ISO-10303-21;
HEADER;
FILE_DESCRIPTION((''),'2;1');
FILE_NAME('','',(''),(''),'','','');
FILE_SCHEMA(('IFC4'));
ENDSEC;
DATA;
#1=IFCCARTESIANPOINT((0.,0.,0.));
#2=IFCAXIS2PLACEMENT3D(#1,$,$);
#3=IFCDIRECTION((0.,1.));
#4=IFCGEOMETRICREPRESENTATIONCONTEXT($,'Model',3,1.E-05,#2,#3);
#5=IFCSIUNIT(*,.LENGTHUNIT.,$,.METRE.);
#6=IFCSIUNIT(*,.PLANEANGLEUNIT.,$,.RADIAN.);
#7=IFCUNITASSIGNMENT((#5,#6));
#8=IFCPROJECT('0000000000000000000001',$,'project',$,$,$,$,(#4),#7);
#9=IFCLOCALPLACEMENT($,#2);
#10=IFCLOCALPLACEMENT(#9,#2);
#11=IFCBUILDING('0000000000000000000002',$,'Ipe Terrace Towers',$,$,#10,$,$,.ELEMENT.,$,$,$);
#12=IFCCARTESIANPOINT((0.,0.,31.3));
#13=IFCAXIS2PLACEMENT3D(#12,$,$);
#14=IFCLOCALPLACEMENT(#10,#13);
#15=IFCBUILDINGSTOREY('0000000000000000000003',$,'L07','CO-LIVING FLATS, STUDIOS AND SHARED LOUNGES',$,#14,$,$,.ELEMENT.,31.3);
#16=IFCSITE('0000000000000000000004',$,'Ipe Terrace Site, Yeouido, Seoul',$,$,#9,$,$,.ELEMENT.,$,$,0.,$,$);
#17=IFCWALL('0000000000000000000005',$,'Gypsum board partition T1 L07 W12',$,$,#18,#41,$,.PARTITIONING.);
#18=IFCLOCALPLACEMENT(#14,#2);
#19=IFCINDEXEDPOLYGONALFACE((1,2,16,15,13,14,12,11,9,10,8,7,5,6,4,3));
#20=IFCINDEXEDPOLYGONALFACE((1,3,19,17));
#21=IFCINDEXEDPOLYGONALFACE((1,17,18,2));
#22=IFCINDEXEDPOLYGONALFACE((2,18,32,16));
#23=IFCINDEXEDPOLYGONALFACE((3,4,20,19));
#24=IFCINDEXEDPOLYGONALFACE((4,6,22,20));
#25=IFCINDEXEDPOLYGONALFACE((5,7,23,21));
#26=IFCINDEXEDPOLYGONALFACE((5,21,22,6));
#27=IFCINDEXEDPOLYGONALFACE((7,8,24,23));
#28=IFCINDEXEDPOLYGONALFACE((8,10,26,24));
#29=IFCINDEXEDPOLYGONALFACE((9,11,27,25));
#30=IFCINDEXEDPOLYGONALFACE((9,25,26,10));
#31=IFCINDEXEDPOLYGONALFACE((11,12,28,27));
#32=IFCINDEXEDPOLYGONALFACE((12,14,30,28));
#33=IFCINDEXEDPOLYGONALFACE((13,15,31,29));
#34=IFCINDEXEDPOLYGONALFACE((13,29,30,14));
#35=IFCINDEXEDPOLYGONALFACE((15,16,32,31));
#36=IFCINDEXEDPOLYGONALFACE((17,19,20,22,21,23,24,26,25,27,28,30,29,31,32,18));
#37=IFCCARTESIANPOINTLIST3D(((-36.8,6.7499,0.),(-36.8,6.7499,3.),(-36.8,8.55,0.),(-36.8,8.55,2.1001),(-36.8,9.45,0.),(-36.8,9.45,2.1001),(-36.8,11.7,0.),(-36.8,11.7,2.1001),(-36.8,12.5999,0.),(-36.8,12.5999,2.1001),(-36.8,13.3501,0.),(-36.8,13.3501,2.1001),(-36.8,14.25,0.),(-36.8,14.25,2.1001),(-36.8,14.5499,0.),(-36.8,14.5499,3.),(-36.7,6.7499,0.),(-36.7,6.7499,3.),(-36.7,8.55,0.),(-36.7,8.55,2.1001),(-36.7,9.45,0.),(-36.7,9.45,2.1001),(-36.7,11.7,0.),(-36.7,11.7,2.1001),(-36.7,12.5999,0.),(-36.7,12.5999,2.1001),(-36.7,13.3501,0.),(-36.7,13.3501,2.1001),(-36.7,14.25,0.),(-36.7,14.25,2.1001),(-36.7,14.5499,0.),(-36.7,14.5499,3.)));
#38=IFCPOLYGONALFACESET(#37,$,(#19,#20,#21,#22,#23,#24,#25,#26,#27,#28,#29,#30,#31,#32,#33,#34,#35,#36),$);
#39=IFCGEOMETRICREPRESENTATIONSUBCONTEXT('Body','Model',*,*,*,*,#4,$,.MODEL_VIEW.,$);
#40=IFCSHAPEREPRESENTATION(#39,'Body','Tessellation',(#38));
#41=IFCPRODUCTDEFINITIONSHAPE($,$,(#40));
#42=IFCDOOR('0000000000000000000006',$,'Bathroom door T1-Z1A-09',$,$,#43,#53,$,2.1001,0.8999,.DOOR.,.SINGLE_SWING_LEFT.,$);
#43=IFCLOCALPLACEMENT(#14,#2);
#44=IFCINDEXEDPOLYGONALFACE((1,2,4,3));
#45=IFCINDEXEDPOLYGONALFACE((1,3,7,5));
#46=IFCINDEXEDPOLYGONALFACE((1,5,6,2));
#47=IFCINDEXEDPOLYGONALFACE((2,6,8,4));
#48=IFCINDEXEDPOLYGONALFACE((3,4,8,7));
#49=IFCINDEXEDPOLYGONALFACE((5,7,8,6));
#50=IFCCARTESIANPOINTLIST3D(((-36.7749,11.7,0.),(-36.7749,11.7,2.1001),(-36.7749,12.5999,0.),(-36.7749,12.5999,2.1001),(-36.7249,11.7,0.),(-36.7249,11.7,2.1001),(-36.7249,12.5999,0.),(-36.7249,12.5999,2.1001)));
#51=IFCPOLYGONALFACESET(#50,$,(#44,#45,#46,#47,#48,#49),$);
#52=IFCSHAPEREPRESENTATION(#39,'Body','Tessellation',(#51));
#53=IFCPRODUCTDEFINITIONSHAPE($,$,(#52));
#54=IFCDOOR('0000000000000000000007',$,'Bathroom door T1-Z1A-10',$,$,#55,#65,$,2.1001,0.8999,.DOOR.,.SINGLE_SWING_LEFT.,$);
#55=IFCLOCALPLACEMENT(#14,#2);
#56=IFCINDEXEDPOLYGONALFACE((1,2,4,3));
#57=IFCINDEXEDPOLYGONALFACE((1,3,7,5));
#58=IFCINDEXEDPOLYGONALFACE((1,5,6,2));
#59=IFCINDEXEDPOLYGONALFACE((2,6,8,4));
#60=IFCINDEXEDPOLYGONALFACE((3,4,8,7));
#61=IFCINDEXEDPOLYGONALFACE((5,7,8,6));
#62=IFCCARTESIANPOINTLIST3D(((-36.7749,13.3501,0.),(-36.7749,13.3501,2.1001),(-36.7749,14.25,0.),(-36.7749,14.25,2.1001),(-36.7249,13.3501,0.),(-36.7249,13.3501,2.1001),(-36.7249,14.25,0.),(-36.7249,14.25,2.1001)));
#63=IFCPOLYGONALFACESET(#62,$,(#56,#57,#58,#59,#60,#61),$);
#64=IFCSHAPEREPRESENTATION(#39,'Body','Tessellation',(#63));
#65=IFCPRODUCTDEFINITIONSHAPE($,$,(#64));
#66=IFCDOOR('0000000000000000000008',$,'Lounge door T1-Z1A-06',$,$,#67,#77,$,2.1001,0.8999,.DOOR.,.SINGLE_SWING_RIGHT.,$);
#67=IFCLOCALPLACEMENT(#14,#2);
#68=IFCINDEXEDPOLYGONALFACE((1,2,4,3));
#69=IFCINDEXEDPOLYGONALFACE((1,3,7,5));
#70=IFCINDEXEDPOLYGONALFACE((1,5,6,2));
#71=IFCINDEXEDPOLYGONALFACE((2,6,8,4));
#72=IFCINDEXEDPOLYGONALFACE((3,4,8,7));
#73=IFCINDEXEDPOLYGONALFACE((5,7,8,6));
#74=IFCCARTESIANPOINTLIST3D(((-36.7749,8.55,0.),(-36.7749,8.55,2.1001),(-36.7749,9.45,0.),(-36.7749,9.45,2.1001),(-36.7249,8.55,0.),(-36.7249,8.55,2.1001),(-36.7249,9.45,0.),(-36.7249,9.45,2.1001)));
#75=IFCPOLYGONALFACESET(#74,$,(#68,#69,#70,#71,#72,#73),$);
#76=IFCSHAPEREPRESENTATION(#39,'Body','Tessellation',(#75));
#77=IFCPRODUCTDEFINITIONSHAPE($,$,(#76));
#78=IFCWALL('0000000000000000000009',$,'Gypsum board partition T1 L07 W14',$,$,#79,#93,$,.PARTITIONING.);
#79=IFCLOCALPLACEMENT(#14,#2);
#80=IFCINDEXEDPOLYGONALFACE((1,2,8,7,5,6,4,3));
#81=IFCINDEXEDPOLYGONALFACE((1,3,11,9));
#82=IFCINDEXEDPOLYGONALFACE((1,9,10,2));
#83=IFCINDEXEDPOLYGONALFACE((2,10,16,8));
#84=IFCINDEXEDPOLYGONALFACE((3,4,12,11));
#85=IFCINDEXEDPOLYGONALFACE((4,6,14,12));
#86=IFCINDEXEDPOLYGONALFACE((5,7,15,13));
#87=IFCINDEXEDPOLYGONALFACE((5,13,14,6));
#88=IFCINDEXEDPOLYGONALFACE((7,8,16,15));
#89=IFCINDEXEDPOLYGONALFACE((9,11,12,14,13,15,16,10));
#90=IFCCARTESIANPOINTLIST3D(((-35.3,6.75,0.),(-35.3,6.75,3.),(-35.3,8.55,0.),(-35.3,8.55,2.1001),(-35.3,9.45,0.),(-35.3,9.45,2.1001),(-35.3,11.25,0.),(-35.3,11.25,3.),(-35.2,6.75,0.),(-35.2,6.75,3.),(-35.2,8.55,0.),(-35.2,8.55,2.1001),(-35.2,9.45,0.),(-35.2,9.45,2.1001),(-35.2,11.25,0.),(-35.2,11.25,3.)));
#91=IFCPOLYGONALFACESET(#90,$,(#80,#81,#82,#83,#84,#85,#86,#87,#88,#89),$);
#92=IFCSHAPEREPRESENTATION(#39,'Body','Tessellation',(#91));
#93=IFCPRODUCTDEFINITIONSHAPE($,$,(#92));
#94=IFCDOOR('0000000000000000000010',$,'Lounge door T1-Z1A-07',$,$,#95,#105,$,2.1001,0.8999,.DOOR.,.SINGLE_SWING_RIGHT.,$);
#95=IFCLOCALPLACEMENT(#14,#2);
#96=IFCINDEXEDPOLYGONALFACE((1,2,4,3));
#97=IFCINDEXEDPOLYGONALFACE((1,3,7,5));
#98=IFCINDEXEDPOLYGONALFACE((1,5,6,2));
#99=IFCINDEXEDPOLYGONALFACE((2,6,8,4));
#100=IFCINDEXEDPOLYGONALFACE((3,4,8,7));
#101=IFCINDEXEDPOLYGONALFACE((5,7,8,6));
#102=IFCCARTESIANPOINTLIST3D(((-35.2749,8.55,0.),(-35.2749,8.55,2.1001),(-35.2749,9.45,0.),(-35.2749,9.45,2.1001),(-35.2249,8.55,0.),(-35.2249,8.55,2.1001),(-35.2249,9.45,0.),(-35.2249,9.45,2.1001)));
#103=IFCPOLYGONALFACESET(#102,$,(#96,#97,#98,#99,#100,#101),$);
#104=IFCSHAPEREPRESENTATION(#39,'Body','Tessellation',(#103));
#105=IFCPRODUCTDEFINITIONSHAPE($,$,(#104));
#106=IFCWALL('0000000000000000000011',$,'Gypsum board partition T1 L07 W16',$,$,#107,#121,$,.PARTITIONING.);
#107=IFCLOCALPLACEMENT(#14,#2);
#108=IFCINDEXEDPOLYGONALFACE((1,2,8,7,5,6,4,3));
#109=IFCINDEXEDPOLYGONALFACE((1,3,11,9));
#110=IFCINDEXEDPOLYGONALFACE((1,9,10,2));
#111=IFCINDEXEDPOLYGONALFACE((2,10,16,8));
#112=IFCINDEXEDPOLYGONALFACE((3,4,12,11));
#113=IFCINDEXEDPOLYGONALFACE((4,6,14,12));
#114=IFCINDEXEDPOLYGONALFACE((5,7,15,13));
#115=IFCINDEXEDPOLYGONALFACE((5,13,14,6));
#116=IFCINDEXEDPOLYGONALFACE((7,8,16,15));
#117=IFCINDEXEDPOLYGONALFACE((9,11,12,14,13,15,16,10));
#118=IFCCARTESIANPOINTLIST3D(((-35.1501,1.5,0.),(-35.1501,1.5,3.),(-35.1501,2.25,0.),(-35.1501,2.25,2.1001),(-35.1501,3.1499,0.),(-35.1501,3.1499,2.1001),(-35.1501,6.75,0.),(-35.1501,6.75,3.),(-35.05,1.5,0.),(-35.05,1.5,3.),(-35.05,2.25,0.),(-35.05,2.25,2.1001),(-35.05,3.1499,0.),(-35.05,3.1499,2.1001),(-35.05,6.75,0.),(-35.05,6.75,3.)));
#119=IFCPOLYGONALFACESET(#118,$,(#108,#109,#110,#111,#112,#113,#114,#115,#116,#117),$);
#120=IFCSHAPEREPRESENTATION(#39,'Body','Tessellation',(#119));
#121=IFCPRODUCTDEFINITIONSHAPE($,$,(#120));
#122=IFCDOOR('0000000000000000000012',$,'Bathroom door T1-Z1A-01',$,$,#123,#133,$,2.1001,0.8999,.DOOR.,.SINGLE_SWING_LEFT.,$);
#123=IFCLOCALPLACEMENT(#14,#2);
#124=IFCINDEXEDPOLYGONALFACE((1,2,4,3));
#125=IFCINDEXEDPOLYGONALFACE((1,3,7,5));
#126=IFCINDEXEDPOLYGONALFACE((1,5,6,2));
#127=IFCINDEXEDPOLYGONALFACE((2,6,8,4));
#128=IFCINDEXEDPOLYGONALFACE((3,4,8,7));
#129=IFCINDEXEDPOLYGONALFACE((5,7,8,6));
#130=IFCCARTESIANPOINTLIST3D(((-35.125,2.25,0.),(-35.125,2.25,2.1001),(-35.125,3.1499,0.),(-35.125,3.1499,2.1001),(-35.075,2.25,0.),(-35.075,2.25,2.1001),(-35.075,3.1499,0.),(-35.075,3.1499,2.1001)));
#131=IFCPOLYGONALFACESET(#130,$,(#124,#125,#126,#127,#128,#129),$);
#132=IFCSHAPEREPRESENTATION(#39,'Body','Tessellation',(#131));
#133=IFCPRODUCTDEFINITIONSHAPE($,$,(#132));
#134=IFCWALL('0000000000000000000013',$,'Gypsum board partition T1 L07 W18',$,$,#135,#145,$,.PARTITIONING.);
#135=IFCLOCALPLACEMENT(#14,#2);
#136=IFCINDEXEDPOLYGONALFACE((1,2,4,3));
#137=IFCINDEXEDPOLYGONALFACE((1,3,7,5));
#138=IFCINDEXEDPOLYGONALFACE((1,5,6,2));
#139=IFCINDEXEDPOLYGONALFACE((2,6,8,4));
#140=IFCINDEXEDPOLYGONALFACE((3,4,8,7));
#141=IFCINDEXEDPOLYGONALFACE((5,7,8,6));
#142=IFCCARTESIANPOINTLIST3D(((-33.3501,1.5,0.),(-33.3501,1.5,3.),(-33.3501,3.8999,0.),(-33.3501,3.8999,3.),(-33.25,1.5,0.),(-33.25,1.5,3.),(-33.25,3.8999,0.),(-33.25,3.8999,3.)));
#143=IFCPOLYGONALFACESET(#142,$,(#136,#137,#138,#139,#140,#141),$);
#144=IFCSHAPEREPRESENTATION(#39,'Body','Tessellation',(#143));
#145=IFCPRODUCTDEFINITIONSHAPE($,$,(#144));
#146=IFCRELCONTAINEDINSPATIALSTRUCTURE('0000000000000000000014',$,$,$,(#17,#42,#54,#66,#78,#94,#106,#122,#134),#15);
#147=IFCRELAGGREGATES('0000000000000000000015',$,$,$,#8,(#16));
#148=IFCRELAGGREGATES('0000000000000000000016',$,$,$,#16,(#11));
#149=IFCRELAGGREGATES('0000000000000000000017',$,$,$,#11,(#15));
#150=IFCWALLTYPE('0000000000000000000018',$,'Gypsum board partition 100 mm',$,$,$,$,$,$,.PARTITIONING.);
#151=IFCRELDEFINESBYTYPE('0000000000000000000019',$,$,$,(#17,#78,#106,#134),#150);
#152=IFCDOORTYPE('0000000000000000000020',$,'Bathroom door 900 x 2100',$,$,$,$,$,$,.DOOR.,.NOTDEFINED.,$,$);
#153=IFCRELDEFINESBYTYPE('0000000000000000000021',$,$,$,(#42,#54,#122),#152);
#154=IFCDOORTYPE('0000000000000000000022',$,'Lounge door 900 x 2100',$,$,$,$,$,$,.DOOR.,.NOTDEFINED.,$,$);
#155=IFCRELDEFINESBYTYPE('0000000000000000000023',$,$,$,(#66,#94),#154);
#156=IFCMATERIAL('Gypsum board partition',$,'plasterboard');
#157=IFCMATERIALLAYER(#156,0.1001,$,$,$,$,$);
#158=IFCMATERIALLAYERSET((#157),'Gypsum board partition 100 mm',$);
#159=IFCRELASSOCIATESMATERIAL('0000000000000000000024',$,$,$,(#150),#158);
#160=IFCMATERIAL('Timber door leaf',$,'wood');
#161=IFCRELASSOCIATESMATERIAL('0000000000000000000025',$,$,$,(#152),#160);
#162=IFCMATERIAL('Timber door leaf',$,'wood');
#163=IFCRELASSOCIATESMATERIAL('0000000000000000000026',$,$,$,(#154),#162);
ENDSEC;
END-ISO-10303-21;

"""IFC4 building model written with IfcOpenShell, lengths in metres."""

from ifc_helpers import new_model, si_unit, direction, frame, frame_2d, origin, place, context, subcontext, project, spatial, rectangle, extrude, material, layer, layer_set, type_object, element, fill, save


model = new_model("IFC4")

# Units and contexts
model_context = context("Model", 3, precision=1e-05, world=origin(), true_north=direction((0.0, 1.0)))
body_context = subcontext(model_context, "Body", "Model", "MODEL_VIEW")
ifc_project = project(units=[si_unit("LENGTHUNIT", "METRE"), si_unit("PLANEANGLEUNIT", "RADIAN")], contexts=[model_context])

# Site, building, storey
site_placement = place(None, origin())
site = spatial("IfcSite", under=ifc_project, at=site_placement, Name="Ipe Terrace Site, Yeouido, Seoul", CompositionType="ELEMENT", RefElevation=0.0)
building_placement = place(site_placement, origin())
building = spatial("IfcBuilding", under=site, at=building_placement, Name="Ipe Terrace Towers", CompositionType="ELEMENT")
storey_placement = place(building_placement, frame((0.0, 0.0, 31.3)))
storey = spatial("IfcBuildingStorey", under=building, at=storey_placement, Name="L07", Description="CO-LIVING FLATS, STUDIOS AND SHARED LOUNGES", CompositionType="ELEMENT", Elevation=31.3)

# Wall, openings, doors
ifc_material_1 = material(Name="Gypsum board partition", Category="plasterboard")
ifc_layer_1 = layer(ifc_material_1, 0.1001)
ifc_layer_set_1 = layer_set([ifc_layer_1], Name="Gypsum board partition 100 mm")
wall_type_1 = type_object("IfcWallType", Name="Gypsum board partition 100 mm", PredefinedType="PARTITIONING", material=ifc_layer_set_1)
wall_1_placement = place(storey_placement, frame((-36.75, 6.75, 0.0), z_axis=(0.0, 0.0, 1.0), x_axis=(0.0, 1.0, 0.0)))
wall_1 = element("IfcWall", 1, at=wall_1_placement, inside=storey, type_object=wall_type_1, Name="Gypsum board partition T1 L07 W12", PredefinedType="PARTITIONING", context=body_context, shape_type="SweptSolid", body=[
    extrude(rectangle(XDim=7.8, YDim=0.1001, at=frame_2d((3.8999, 0.0))), origin(), (0.0, 0.0, 1.0), 3.0),
])
opening_1_placement = place(wall_1_placement, frame((1.8, 0.0, 0.0)))
opening_1 = element("IfcOpeningElement", 2, at=opening_1_placement, cuts=wall_1, PredefinedType="OPENING", context=body_context, shape_type="SweptSolid", body=[
    extrude(rectangle(XDim=0.8999, YDim=2.1001, at=frame_2d((0.45, 1.05))), frame((0.0, 0.0601, 0.0), z_axis=(0.0, -1.0, 0.0), x_axis=(1.0, 0.0, 0.0)), (0.0, 0.0, 1.0), 0.1201),
])
opening_2_placement = place(wall_1_placement, frame((4.95, 0.0, 0.0)))
opening_2 = element("IfcOpeningElement", 3, at=opening_2_placement, cuts=wall_1, PredefinedType="OPENING", context=body_context, shape_type="SweptSolid", body=[
    extrude(rectangle(XDim=0.8999, YDim=2.1001, at=frame_2d((0.45, 1.05))), frame((0.0, 0.0601, 0.0), z_axis=(0.0, -1.0, 0.0), x_axis=(1.0, 0.0, 0.0)), (0.0, 0.0, 1.0), 0.1201),
])
opening_3_placement = place(wall_1_placement, frame((6.6001, 0.0, 0.0)))
opening_3 = element("IfcOpeningElement", 4, at=opening_3_placement, cuts=wall_1, PredefinedType="OPENING", context=body_context, shape_type="SweptSolid", body=[
    extrude(rectangle(XDim=0.8999, YDim=2.1001, at=frame_2d((0.45, 1.05))), frame((0.0, 0.0601, 0.0), z_axis=(0.0, -1.0, 0.0), x_axis=(1.0, 0.0, 0.0)), (0.0, 0.0, 1.0), 0.1201),
])
ifc_material_2 = material(Name="Timber door leaf", Category="wood")
door_type_1 = type_object("IfcDoorType", Name="Bathroom door 900 x 2100", OperationType="NOTDEFINED", PredefinedType="DOOR", material=ifc_material_2)
door_1_placement = place(opening_2_placement, origin())
door_1 = element("IfcDoor", 5, at=door_1_placement, inside=storey, type_object=door_type_1, Name="Bathroom door T1-Z1A-09", OperationType="SINGLE_SWING_LEFT", OverallHeight=2.1001, OverallWidth=0.8999, PredefinedType="DOOR", context=body_context, shape_type="SweptSolid", body=[
    extrude(rectangle(XDim=0.8999, YDim=2.1001, at=frame_2d((0.45, 1.05))), frame((0.0, 0.0249, 0.0), z_axis=(0.0, -1.0, 0.0), x_axis=(1.0, 0.0, 0.0)), (0.0, 0.0, 1.0), 0.05),
])
fill(opening_2, door_1)
door_2_placement = place(opening_3_placement, origin())
door_2 = element("IfcDoor", 6, at=door_2_placement, inside=storey, type_object=door_type_1, Name="Bathroom door T1-Z1A-10", OperationType="SINGLE_SWING_LEFT", OverallHeight=2.1001, OverallWidth=0.8999, PredefinedType="DOOR", context=body_context, shape_type="SweptSolid", body=[
    extrude(rectangle(XDim=0.8999, YDim=2.1001, at=frame_2d((0.45, 1.05))), frame((0.0, 0.0249, 0.0), z_axis=(0.0, -1.0, 0.0), x_axis=(1.0, 0.0, 0.0)), (0.0, 0.0, 1.0), 0.05),
])
fill(opening_3, door_2)
ifc_material_3 = material(Name="Timber door leaf", Category="wood")
door_type_2 = type_object("IfcDoorType", Name="Lounge door 900 x 2100", OperationType="NOTDEFINED", PredefinedType="DOOR", material=ifc_material_3)
door_3_placement = place(opening_1_placement, origin())
door_3 = element("IfcDoor", 7, at=door_3_placement, inside=storey, type_object=door_type_2, Name="Lounge door T1-Z1A-06", OperationType="SINGLE_SWING_RIGHT", OverallHeight=2.1001, OverallWidth=0.8999, PredefinedType="DOOR", context=body_context, shape_type="SweptSolid", body=[
    extrude(rectangle(XDim=0.8999, YDim=2.1001, at=frame_2d((0.45, 1.05))), frame((0.0, 0.0249, 0.0), z_axis=(0.0, -1.0, 0.0), x_axis=(1.0, 0.0, 0.0)), (0.0, 0.0, 1.0), 0.05),
])
fill(opening_1, door_3)

# Walls, openings, doors
wall_2_placement = place(storey_placement, frame((-35.25, 6.75, 0.0), z_axis=(0.0, 0.0, 1.0), x_axis=(0.0, 1.0, 0.0)))
wall_2 = element("IfcWall", 8, at=wall_2_placement, inside=storey, type_object=wall_type_1, Name="Gypsum board partition T1 L07 W14", PredefinedType="PARTITIONING", context=body_context, shape_type="SweptSolid", body=[
    extrude(rectangle(XDim=4.5, YDim=0.1001, at=frame_2d((2.25, 0.0))), origin(), (0.0, 0.0, 1.0), 3.0),
])
opening_4_placement = place(wall_2_placement, frame((1.8, 0.0, 0.0)))
opening_4 = element("IfcOpeningElement", 9, at=opening_4_placement, cuts=wall_2, PredefinedType="OPENING", context=body_context, shape_type="SweptSolid", body=[
    extrude(rectangle(XDim=0.8999, YDim=2.1001, at=frame_2d((0.45, 1.05))), frame((0.0, 0.0601, 0.0), z_axis=(0.0, -1.0, 0.0), x_axis=(1.0, 0.0, 0.0)), (0.0, 0.0, 1.0), 0.1201),
])
door_4_placement = place(opening_4_placement, origin())
door_4 = element("IfcDoor", 10, at=door_4_placement, inside=storey, type_object=door_type_2, Name="Lounge door T1-Z1A-07", OperationType="SINGLE_SWING_RIGHT", OverallHeight=2.1001, OverallWidth=0.8999, PredefinedType="DOOR", context=body_context, shape_type="SweptSolid", body=[
    extrude(rectangle(XDim=0.8999, YDim=2.1001, at=frame_2d((0.45, 1.05))), frame((0.0, 0.0249, 0.0), z_axis=(0.0, -1.0, 0.0), x_axis=(1.0, 0.0, 0.0)), (0.0, 0.0, 1.0), 0.05),
])
fill(opening_4, door_4)
wall_3_placement = place(storey_placement, frame((-35.1001, 1.5, 0.0), z_axis=(0.0, 0.0, 1.0), x_axis=(0.0, 1.0, 0.0)))
wall_3 = element("IfcWall", 11, at=wall_3_placement, inside=storey, type_object=wall_type_1, Name="Gypsum board partition T1 L07 W16", PredefinedType="PARTITIONING", context=body_context, shape_type="SweptSolid", body=[
    extrude(rectangle(XDim=5.25, YDim=0.1001, at=frame_2d((2.625, 0.0))), origin(), (0.0, 0.0, 1.0), 3.0),
])
opening_5_placement = place(wall_3_placement, frame((0.75, 0.0, 0.0)))
opening_5 = element("IfcOpeningElement", 12, at=opening_5_placement, cuts=wall_3, PredefinedType="OPENING", context=body_context, shape_type="SweptSolid", body=[
    extrude(rectangle(XDim=0.8999, YDim=2.1001, at=frame_2d((0.45, 1.05))), frame((0.0, 0.0601, 0.0), z_axis=(0.0, -1.0, 0.0), x_axis=(1.0, 0.0, 0.0)), (0.0, 0.0, 1.0), 0.1201),
])
door_5_placement = place(opening_5_placement, origin())
door_5 = element("IfcDoor", 13, at=door_5_placement, inside=storey, type_object=door_type_1, Name="Bathroom door T1-Z1A-01", OperationType="SINGLE_SWING_LEFT", OverallHeight=2.1001, OverallWidth=0.8999, PredefinedType="DOOR", context=body_context, shape_type="SweptSolid", body=[
    extrude(rectangle(XDim=0.8999, YDim=2.1001, at=frame_2d((0.45, 1.05))), frame((0.0, 0.0249, 0.0), z_axis=(0.0, -1.0, 0.0), x_axis=(1.0, 0.0, 0.0)), (0.0, 0.0, 1.0), 0.05),
])
fill(opening_5, door_5)

# Wall
wall_4_placement = place(storey_placement, frame((-33.3, 1.5, 0.0), z_axis=(0.0, 0.0, 1.0), x_axis=(0.0, 1.0, 0.0)))
element("IfcWall", 14, at=wall_4_placement, inside=storey, type_object=wall_type_1, Name="Gypsum board partition T1 L07 W18", PredefinedType="PARTITIONING", context=body_context, shape_type="SweptSolid", body=[
    extrude(rectangle(XDim=2.3999, YDim=0.1001, at=frame_2d((1.2, 0.0))), origin(), (0.0, 0.0, 1.0), 3.0),
])

save(model, "model.ifc")
